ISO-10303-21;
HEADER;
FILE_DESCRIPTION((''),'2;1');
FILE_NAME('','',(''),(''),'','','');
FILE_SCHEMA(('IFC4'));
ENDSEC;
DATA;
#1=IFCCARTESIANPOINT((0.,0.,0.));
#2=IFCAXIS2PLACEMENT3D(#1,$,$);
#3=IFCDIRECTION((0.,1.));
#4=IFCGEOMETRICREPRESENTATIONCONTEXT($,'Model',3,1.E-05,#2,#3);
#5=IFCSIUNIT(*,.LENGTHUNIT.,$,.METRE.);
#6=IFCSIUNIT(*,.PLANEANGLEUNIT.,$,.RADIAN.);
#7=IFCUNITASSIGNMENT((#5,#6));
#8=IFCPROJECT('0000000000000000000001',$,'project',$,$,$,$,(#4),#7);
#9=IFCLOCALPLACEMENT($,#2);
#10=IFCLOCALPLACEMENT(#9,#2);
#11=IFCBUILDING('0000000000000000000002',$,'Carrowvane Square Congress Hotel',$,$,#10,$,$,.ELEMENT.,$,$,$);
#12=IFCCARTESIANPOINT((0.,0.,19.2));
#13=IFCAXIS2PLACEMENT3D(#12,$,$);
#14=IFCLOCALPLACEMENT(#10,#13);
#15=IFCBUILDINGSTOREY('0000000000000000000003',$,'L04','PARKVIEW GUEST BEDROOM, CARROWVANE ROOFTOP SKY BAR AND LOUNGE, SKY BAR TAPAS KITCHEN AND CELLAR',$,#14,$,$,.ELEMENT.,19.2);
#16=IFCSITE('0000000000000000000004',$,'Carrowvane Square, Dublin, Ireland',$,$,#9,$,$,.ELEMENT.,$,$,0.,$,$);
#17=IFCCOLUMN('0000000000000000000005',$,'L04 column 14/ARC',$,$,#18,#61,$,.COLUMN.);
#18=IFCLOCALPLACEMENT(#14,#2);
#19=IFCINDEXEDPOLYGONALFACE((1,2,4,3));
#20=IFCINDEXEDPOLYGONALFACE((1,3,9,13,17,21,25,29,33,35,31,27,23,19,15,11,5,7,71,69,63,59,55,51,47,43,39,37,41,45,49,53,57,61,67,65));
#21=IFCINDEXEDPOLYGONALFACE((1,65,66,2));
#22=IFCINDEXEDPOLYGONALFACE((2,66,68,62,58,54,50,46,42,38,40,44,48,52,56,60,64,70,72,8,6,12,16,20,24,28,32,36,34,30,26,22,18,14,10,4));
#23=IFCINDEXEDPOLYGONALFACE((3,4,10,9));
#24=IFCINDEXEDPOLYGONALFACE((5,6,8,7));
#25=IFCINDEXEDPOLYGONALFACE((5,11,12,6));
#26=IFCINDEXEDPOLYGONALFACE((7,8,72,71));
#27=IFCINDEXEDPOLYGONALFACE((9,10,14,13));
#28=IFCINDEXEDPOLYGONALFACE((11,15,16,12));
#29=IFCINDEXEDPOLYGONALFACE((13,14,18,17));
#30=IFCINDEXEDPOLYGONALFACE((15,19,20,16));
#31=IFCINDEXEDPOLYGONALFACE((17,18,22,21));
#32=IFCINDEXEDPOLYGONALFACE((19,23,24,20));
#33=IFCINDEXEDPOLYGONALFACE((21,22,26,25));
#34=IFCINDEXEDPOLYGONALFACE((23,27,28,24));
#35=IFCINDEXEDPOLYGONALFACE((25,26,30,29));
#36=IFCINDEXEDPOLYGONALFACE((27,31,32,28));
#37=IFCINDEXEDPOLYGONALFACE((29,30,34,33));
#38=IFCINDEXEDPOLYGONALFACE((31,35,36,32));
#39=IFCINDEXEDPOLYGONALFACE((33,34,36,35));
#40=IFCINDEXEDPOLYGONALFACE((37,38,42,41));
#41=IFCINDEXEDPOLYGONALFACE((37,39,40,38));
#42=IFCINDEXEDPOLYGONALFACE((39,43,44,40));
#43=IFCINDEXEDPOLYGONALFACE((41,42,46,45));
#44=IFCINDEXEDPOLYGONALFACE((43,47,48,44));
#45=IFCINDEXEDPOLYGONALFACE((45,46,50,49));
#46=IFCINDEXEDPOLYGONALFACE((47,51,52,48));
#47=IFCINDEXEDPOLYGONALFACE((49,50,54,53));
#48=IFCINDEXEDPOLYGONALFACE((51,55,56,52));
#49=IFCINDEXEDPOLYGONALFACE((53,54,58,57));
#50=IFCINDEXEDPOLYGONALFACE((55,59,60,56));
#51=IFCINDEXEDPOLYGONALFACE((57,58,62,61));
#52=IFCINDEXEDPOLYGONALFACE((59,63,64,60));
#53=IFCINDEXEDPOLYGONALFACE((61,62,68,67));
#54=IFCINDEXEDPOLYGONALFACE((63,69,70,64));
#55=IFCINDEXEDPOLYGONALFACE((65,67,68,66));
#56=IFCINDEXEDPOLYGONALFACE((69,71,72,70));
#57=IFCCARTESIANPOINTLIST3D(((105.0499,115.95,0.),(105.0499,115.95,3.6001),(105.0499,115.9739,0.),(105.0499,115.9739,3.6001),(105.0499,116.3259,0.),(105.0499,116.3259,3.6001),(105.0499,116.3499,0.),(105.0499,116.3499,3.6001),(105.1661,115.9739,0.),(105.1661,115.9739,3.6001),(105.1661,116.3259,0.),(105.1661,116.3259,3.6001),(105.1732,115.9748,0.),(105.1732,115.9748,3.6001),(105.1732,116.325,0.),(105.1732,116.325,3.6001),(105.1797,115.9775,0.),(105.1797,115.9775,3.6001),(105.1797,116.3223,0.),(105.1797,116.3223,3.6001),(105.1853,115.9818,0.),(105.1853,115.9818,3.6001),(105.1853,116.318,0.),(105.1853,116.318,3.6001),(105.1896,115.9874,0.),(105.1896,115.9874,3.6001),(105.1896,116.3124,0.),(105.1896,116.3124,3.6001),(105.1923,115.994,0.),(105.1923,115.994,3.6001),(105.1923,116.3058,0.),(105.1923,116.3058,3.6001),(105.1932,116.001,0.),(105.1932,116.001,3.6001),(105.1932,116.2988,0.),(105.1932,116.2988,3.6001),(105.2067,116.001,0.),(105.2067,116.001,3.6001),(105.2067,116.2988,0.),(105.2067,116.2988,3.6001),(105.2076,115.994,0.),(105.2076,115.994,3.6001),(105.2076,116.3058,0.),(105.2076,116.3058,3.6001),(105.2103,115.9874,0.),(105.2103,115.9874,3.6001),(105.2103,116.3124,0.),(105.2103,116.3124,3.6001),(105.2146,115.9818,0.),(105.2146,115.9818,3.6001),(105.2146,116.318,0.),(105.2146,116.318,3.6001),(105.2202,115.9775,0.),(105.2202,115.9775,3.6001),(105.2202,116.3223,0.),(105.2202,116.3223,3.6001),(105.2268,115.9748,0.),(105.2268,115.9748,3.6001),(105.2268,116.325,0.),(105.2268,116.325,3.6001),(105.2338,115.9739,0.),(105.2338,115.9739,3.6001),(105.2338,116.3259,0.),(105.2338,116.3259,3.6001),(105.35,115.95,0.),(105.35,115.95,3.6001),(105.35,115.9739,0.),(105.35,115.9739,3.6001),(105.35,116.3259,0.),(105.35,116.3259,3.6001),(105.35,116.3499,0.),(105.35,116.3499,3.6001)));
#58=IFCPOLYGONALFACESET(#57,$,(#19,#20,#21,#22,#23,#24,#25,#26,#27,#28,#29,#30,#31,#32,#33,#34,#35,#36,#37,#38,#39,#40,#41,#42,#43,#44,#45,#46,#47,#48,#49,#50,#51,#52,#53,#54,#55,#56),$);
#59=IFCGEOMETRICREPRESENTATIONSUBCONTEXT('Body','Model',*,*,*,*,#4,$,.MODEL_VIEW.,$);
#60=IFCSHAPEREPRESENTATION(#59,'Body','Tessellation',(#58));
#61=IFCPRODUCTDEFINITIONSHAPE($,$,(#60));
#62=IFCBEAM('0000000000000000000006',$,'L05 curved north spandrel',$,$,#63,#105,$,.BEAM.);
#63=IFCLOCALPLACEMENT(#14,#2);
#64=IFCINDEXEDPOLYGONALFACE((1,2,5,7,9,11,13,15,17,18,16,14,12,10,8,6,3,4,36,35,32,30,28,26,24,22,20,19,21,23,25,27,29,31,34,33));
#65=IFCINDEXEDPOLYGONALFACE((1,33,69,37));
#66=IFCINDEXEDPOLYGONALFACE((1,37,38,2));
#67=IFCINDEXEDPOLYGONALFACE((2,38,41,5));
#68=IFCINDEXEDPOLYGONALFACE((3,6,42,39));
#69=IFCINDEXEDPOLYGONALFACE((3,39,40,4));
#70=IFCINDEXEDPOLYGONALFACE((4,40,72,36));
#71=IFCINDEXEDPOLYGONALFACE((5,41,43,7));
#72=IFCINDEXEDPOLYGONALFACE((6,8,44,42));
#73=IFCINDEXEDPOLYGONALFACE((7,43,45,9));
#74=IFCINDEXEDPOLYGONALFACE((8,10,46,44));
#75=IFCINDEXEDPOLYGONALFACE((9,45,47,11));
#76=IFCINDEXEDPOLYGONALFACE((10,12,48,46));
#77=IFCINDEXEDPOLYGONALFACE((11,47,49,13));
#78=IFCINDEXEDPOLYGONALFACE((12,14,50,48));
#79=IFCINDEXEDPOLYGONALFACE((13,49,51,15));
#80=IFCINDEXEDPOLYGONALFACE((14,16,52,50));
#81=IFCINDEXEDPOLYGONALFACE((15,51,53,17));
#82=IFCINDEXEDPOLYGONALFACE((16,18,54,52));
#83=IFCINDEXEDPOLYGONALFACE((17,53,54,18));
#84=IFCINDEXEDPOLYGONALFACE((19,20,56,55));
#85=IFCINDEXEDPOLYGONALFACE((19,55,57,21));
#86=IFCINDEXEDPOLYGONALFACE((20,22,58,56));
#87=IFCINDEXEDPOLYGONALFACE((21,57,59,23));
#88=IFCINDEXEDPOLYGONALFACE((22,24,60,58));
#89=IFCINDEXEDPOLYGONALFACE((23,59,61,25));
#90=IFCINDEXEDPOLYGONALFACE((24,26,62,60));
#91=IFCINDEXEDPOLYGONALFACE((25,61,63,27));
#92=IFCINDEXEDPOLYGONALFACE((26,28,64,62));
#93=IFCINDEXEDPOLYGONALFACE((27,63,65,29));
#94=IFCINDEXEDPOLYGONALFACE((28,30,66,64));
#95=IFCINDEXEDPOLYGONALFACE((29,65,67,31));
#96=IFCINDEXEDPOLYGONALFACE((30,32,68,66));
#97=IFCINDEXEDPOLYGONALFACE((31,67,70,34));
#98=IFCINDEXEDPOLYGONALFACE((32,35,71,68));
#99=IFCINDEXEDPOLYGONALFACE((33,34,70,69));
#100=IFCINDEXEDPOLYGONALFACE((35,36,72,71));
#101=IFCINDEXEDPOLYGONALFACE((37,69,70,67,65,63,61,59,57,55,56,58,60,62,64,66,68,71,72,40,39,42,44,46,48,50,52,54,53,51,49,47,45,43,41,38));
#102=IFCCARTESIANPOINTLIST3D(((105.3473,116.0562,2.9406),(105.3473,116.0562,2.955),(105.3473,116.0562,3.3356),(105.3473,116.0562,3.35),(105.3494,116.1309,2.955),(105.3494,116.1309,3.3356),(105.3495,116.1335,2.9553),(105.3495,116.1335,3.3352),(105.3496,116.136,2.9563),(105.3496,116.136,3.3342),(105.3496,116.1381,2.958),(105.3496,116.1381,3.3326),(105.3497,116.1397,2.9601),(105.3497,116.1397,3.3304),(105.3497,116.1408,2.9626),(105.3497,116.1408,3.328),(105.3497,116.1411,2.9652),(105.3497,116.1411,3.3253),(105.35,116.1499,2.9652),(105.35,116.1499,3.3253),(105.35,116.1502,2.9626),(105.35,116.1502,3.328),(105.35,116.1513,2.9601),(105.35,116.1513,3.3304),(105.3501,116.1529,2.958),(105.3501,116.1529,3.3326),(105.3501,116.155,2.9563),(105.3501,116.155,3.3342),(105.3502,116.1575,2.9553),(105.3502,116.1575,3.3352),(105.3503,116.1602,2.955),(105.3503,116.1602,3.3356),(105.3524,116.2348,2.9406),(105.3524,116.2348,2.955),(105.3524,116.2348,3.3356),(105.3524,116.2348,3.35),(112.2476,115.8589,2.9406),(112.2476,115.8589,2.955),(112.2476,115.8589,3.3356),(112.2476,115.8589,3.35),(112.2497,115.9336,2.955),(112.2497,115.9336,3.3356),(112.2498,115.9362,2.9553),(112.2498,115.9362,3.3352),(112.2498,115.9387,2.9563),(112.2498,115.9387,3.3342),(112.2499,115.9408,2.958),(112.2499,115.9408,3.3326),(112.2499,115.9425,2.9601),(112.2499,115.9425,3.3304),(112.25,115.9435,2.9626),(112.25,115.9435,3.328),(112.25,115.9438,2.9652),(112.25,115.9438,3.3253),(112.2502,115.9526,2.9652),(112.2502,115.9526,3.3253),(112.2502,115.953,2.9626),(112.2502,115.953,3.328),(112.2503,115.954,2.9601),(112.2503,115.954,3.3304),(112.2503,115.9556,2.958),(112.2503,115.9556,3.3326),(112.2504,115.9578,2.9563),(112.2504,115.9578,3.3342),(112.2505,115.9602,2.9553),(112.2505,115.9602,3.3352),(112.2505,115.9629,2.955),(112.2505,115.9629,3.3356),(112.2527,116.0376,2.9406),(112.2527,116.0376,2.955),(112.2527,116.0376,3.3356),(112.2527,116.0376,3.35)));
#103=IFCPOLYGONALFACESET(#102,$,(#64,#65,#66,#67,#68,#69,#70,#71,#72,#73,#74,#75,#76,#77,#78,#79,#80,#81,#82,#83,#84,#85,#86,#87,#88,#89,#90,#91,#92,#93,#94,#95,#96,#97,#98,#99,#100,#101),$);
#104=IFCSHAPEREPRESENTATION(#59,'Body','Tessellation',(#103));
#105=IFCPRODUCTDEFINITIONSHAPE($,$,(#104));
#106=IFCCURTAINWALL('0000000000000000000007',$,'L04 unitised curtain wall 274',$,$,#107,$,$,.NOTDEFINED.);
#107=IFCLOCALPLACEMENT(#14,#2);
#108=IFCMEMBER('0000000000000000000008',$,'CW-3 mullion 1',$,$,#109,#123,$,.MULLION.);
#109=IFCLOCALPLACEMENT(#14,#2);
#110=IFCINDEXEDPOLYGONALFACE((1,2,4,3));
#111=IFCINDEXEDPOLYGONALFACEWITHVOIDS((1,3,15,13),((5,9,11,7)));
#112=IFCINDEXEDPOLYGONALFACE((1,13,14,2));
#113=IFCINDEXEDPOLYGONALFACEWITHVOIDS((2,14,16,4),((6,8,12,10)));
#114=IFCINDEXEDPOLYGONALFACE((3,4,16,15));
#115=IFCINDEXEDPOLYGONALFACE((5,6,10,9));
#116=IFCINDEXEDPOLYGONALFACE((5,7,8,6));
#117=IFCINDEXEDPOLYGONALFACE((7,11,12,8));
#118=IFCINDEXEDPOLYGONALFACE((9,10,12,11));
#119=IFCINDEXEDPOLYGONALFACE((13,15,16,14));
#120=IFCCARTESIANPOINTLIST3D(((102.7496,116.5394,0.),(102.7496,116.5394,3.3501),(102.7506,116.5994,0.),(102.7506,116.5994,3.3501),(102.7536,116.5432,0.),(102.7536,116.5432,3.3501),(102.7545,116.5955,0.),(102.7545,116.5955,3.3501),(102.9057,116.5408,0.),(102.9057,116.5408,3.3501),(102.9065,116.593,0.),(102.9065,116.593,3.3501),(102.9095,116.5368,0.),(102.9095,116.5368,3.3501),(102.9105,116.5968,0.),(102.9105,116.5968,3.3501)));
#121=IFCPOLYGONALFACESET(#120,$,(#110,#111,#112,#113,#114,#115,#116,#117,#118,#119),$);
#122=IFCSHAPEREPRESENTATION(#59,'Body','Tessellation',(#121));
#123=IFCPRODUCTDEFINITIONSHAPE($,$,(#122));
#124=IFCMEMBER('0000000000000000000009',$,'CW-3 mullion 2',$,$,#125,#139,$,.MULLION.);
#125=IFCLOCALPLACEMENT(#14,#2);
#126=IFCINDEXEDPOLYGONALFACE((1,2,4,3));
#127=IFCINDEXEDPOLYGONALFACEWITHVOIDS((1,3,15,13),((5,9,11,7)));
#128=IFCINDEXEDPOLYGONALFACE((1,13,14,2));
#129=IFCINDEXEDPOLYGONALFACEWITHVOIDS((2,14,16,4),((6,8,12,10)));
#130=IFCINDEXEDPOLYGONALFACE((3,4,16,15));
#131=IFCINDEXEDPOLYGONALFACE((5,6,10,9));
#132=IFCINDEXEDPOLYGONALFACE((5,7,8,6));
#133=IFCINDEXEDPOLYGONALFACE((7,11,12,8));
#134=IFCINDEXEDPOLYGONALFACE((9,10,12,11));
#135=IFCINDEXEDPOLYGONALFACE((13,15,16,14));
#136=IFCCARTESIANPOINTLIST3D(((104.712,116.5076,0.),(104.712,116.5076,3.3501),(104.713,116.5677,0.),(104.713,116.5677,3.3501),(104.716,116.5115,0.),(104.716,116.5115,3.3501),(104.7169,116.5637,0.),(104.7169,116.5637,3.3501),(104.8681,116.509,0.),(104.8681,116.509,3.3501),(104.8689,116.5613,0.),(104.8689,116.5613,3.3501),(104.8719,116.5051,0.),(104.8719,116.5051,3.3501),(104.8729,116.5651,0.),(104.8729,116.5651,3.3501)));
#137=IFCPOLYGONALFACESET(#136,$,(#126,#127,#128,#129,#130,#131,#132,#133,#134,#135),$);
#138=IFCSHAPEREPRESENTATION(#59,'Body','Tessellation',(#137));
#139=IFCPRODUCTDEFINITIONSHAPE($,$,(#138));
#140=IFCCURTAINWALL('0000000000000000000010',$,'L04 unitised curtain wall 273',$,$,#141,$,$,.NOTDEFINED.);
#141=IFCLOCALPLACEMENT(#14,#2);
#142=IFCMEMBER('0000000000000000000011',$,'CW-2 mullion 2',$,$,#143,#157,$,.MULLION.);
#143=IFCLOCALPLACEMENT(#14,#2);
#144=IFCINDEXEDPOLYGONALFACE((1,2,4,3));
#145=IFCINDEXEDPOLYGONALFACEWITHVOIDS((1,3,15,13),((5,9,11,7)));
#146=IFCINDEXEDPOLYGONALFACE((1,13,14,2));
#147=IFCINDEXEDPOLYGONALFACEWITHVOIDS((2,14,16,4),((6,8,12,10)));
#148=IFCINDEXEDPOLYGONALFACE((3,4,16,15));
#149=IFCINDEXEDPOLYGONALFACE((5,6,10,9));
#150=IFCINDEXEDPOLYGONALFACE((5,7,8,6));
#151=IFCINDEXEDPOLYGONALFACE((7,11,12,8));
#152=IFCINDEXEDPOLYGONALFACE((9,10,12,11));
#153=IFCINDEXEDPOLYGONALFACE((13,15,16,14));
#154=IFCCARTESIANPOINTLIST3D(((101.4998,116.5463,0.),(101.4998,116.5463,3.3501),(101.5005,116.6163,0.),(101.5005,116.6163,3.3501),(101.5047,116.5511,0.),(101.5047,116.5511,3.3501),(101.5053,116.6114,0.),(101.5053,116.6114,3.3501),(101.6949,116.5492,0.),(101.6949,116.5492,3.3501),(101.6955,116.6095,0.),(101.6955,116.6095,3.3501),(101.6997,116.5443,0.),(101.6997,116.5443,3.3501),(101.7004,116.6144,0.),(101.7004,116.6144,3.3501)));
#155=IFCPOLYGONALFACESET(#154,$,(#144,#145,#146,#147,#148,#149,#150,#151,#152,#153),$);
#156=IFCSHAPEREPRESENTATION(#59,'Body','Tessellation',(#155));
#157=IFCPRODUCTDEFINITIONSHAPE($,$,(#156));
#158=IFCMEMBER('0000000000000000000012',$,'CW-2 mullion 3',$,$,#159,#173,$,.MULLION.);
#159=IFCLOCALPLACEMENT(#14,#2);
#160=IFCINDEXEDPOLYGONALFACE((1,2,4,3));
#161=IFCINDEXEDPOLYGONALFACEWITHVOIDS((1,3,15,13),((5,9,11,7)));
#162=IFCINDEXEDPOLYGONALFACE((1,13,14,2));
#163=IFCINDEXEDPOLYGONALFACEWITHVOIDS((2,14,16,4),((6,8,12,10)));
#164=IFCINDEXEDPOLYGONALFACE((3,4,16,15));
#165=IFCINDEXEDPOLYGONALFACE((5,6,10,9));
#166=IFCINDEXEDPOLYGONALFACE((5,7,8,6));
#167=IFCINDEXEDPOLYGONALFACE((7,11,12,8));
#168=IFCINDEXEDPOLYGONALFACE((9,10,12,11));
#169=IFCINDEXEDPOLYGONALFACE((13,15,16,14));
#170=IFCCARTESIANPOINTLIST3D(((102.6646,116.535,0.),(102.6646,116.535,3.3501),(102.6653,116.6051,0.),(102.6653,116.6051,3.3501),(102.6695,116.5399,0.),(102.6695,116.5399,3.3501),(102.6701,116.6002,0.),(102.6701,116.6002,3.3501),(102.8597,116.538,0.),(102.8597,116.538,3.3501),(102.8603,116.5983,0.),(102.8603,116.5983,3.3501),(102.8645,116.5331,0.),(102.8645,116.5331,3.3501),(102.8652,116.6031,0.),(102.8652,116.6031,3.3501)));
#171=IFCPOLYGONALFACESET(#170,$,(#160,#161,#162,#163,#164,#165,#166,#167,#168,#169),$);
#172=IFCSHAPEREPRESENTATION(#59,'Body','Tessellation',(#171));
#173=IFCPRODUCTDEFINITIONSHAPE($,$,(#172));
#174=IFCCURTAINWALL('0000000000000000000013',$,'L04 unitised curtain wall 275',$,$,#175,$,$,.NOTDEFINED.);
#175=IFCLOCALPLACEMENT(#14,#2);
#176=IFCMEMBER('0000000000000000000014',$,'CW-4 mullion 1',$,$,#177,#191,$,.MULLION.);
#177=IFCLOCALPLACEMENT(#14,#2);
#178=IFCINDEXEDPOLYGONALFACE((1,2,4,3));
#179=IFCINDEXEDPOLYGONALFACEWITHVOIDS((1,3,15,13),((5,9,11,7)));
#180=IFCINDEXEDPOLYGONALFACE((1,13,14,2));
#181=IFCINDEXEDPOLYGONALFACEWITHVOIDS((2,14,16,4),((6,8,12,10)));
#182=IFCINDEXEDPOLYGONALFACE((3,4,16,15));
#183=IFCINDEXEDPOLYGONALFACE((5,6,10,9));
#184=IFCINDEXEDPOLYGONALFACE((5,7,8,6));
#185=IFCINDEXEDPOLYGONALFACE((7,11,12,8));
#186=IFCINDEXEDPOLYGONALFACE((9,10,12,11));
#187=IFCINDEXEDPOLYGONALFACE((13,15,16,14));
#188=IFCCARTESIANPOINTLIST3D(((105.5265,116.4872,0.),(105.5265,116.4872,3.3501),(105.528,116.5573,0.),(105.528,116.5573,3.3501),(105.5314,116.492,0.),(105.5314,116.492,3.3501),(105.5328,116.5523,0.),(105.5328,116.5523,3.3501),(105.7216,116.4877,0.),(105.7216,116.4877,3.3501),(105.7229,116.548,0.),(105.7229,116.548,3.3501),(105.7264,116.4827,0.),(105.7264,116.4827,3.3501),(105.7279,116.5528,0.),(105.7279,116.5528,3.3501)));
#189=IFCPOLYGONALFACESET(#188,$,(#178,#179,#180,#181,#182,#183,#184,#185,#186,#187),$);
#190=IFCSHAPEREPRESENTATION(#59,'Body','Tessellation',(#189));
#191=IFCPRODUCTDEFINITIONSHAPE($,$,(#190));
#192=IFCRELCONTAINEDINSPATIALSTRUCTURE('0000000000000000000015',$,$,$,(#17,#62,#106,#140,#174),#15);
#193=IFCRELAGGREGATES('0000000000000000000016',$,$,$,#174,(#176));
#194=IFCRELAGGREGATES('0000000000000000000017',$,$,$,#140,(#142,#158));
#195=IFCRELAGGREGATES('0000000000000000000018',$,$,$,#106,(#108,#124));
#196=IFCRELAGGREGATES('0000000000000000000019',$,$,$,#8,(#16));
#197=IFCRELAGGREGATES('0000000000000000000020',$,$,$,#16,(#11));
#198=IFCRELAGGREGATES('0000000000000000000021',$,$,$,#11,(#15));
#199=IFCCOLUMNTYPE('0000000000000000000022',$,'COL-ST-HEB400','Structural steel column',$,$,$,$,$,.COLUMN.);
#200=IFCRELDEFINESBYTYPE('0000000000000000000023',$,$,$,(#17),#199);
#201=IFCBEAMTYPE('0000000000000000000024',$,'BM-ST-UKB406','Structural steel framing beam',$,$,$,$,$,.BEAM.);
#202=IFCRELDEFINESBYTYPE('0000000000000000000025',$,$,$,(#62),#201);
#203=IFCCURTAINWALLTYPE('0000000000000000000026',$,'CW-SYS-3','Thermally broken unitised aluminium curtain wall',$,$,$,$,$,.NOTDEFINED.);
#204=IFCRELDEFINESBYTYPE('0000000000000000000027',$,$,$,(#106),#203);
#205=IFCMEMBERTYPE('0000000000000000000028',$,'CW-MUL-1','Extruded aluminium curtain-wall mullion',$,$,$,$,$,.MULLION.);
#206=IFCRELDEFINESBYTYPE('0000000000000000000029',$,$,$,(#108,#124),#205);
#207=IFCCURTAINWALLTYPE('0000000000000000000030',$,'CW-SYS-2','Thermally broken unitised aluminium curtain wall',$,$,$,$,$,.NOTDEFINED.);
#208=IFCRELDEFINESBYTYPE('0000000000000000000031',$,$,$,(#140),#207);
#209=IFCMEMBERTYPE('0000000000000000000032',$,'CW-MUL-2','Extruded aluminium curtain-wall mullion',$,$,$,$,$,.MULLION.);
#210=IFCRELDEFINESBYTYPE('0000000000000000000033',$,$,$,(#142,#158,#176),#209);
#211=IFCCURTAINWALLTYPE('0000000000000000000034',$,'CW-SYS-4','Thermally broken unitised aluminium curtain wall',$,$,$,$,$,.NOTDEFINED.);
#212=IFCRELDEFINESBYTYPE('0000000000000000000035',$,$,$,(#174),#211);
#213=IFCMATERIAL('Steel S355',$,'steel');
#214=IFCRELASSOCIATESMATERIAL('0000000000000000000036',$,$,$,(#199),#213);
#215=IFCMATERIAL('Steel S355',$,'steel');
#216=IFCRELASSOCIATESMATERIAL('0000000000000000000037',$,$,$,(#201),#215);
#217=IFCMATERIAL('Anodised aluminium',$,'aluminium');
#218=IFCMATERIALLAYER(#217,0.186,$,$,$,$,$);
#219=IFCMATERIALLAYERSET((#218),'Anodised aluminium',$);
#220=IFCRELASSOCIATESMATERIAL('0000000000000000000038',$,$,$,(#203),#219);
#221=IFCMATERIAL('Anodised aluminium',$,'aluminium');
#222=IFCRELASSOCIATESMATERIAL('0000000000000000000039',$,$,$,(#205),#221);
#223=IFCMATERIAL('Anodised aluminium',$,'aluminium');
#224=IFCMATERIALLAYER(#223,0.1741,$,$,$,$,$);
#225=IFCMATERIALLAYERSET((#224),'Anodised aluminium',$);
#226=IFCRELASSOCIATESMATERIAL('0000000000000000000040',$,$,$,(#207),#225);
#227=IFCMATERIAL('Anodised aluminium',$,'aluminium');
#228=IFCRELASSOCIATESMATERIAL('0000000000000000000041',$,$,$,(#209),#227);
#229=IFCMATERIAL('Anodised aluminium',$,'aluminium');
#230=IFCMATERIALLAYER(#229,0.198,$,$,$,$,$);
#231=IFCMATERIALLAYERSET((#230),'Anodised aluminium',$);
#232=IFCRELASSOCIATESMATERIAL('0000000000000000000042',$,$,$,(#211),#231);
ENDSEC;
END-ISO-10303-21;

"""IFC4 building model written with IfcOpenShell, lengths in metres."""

from ifc_helpers import new_model, si_unit, direction, frame, origin, origin_2d, place, context, subcontext, project, spatial, hollow_rectangle, i_section, extrude, material, layer, layer_set, material_profile, profile_set, type_object, element, aggregate, save


model = new_model("IFC4")

# Units and contexts
model_context = context("Model", 3, precision=1e-05, world=origin(), true_north=direction((0.0, 1.0)))
body_context = subcontext(model_context, "Body", "Model", "MODEL_VIEW")
ifc_project = project(units=[si_unit("LENGTHUNIT", "METRE"), si_unit("PLANEANGLEUNIT", "RADIAN")], contexts=[model_context])

# Site, building, storey
site_placement = place(None, origin())
site = spatial("IfcSite", under=ifc_project, at=site_placement, Name="Carrowvane Square, Dublin, Ireland", CompositionType="ELEMENT", RefElevation=0.0)
building_placement = place(site_placement, origin())
building = spatial("IfcBuilding", under=site, at=building_placement, Name="Carrowvane Square Congress Hotel", CompositionType="ELEMENT")
storey_placement = place(building_placement, frame((0.0, 0.0, 19.2)))
storey = spatial("IfcBuildingStorey", under=building, at=storey_placement, Name="L04", Description="PARKVIEW GUEST BEDROOM, CARROWVANE ROOFTOP SKY BAR AND LOUNGE, SKY BAR TAPAS KITCHEN AND CELLAR", CompositionType="ELEMENT", Elevation=19.2)

# Column
ifc_material_1 = material(Name="Steel S355", Category="steel")
ifc_material_profile_1 = material_profile(ifc_material_1, i_section(OverallWidth=0.3, OverallDepth=0.3999, WebThickness=0.0134, FlangeThickness=0.0239, FilletRadius=0.0271, at=origin_2d()), Name="HEB 400")
ifc_profile_set_1 = profile_set([ifc_material_profile_1], Name="Steel S355")
column_type = type_object("IfcColumnType", Name="COL-ST-HEB400", Description="Structural steel column", PredefinedType="COLUMN", material=ifc_profile_set_1)
column_placement = place(storey_placement, frame((105.2, 116.1499, 0.0), z_axis=(0.0, 0.0, 1.0), x_axis=(1.0, 0.0, 0.0)))
element("IfcColumn", 1, at=column_placement, inside=storey, type_object=column_type, Name="L04 column 14/ARC", PredefinedType="COLUMN", context=body_context, shape_type="SweptSolid", body=[
    extrude(i_section(OverallWidth=0.3, OverallDepth=0.3999, WebThickness=0.0134, FlangeThickness=0.0239, FilletRadius=0.0271, at=origin_2d()), origin(), (0.0, 0.0, 1.0), 3.6001),
])

# Beam
ifc_material_2 = material(Name="Steel S355", Category="steel")
ifc_material_profile_2 = material_profile(ifc_material_2, i_section(OverallWidth=0.1787, OverallDepth=0.4094, WebThickness=0.0088, FlangeThickness=0.0144, FilletRadius=0.0103, at=origin_2d()), Name="UKB 406x178x67")
ifc_profile_set_2 = profile_set([ifc_material_profile_2], Name="Steel S355")
beam_type = type_object("IfcBeamType", Name="BM-ST-UKB406", Description="Structural steel framing beam", PredefinedType="BEAM", material=ifc_profile_set_2)
beam_placement = place(storey_placement, frame((105.3499, 116.1455, 3.1453), z_axis=(0.999592, -0.028577, 0.0), x_axis=(0.028577, 0.999592, 0.0)))
element("IfcBeam", 2, at=beam_placement, inside=storey, type_object=beam_type, Name="L05 curved north spandrel", PredefinedType="BEAM", context=body_context, shape_type="SweptSolid", body=[
    extrude(i_section(OverallWidth=0.1787, OverallDepth=0.4094, WebThickness=0.0088, FlangeThickness=0.0144, FilletRadius=0.0103, at=origin_2d()), origin(), (0.0, 0.0, 1.0), 6.9031),
])

# Curtain walls, members
ifc_material_3 = material(Name="Anodised aluminium", Category="aluminium")
ifc_layer_1 = layer(ifc_material_3, 0.186)
ifc_layer_set_1 = layer_set([ifc_layer_1], Name="Anodised aluminium")
curtain_wall_type_1 = type_object("IfcCurtainWallType", Name="CW-SYS-3", Description="Thermally broken unitised aluminium curtain wall", PredefinedType="NOTDEFINED", material=ifc_layer_set_1)
curtain_wall_1_placement = place(storey_placement, origin())
curtain_wall_1 = element("IfcCurtainWall", 3, at=curtain_wall_1_placement, inside=storey, type_object=curtain_wall_type_1, Name="L04 unitised curtain wall 274", PredefinedType="NOTDEFINED")
ifc_material_4 = material(Name="Anodised aluminium", Category="aluminium")
ifc_material_profile_3 = material_profile(ifc_material_4, hollow_rectangle(XDim=0.0601, YDim=0.1599, WallThickness=0.0039, at=origin_2d()), Name="CW-ML 60x160x4")
ifc_profile_set_3 = profile_set([ifc_material_profile_3], Name="Anodised aluminium")
member_type_1 = type_object("IfcMemberType", Name="CW-MUL-1", Description="Extruded aluminium curtain-wall mullion", PredefinedType="MULLION", material=ifc_profile_set_3)
member_1_placement = place(storey_placement, frame((102.8301, 116.5681, 0.0), z_axis=(0.0, 0.0, 1.0), x_axis=(0.016216, 0.999869, 0.0)))
member_1 = element("IfcMember", 4, at=member_1_placement, type_object=member_type_1, Name="CW-3 mullion 1", PredefinedType="MULLION", context=body_context, shape_type="SweptSolid", body=[
    extrude(hollow_rectangle(XDim=0.0601, YDim=0.1599, WallThickness=0.0039, at=origin_2d()), origin(), (0.0, 0.0, 1.0), 3.3501),
])
member_2_placement = place(storey_placement, frame((104.7925, 116.5364, 0.0), z_axis=(0.0, 0.0, 1.0), x_axis=(0.016216, 0.999869, 0.0)))
member_2 = element("IfcMember", 5, at=member_2_placement, type_object=member_type_1, Name="CW-3 mullion 2", PredefinedType="MULLION", context=body_context, shape_type="SweptSolid", body=[
    extrude(hollow_rectangle(XDim=0.0601, YDim=0.1599, WallThickness=0.0039, at=origin_2d()), origin(), (0.0, 0.0, 1.0), 3.3501),
])
ifc_material_5 = material(Name="Anodised aluminium", Category="aluminium")
ifc_layer_2 = layer(ifc_material_5, 0.1741)
ifc_layer_set_2 = layer_set([ifc_layer_2], Name="Anodised aluminium")
curtain_wall_type_2 = type_object("IfcCurtainWallType", Name="CW-SYS-2", Description="Thermally broken unitised aluminium curtain wall", PredefinedType="NOTDEFINED", material=ifc_layer_set_2)
curtain_wall_2_placement = place(storey_placement, origin())
curtain_wall_2 = element("IfcCurtainWall", 6, at=curtain_wall_2_placement, inside=storey, type_object=curtain_wall_type_2, Name="L04 unitised curtain wall 273", PredefinedType="NOTDEFINED")
ifc_material_6 = material(Name="Anodised aluminium", Category="aluminium")
ifc_material_profile_4 = material_profile(ifc_material_6, hollow_rectangle(XDim=0.0701, YDim=0.2, WallThickness=0.0049, at=origin_2d()), Name="CW-ML 70x200x5")
ifc_profile_set_4 = profile_set([ifc_material_profile_4], Name="Anodised aluminium")
member_type_2 = type_object("IfcMemberType", Name="CW-MUL-2", Description="Extruded aluminium curtain-wall mullion", PredefinedType="MULLION", material=ifc_profile_set_4)
member_3_placement = place(storey_placement, frame((101.6001, 116.5803, 0.0), z_axis=(0.0, 0.0, 1.0), x_axis=(0.009783, 0.999952, 0.0)))
member_3 = element("IfcMember", 7, at=member_3_placement, type_object=member_type_2, Name="CW-2 mullion 2", PredefinedType="MULLION", context=body_context, shape_type="SweptSolid", body=[
    extrude(hollow_rectangle(XDim=0.0701, YDim=0.2, WallThickness=0.0049, at=origin_2d()), origin(), (0.0, 0.0, 1.0), 3.3501),
])
member_4_placement = place(storey_placement, frame((102.7649, 116.5691, 0.0), z_axis=(0.0, 0.0, 1.0), x_axis=(0.009783, 0.999952, 0.0)))
member_4 = element("IfcMember", 8, at=member_4_placement, type_object=member_type_2, Name="CW-2 mullion 3", PredefinedType="MULLION", context=body_context, shape_type="SweptSolid", body=[
    extrude(hollow_rectangle(XDim=0.0701, YDim=0.2, WallThickness=0.0049, at=origin_2d()), origin(), (0.0, 0.0, 1.0), 3.3501),
])

# Curtain wall, member
ifc_material_7 = material(Name="Anodised aluminium", Category="aluminium")
ifc_layer_3 = layer(ifc_material_7, 0.198)
ifc_layer_set_3 = layer_set([ifc_layer_3], Name="Anodised aluminium")
curtain_wall_type_3 = type_object("IfcCurtainWallType", Name="CW-SYS-4", Description="Thermally broken unitised aluminium curtain wall", PredefinedType="NOTDEFINED", material=ifc_layer_set_3)
curtain_wall_3_placement = place(storey_placement, origin())
curtain_wall_3 = element("IfcCurtainWall", 9, at=curtain_wall_3_placement, inside=storey, type_object=curtain_wall_type_3, Name="L04 unitised curtain wall 275", PredefinedType="NOTDEFINED")
member_5_placement = place(storey_placement, frame((105.6272, 116.52, 0.0), z_axis=(0.0, 0.0, 1.0), x_axis=(0.022518, 0.999746, 0.0)))
member_5 = element("IfcMember", 10, at=member_5_placement, type_object=member_type_2, Name="CW-4 mullion 1", PredefinedType="MULLION", context=body_context, shape_type="SweptSolid", body=[
    extrude(hollow_rectangle(XDim=0.0701, YDim=0.2, WallThickness=0.0049, at=origin_2d()), origin(), (0.0, 0.0, 1.0), 3.3501),
])

aggregate(curtain_wall_3, [member_5])
aggregate(curtain_wall_2, [member_3, member_4])
aggregate(curtain_wall_1, [member_1, member_2])

save(model, "model.ifc")
